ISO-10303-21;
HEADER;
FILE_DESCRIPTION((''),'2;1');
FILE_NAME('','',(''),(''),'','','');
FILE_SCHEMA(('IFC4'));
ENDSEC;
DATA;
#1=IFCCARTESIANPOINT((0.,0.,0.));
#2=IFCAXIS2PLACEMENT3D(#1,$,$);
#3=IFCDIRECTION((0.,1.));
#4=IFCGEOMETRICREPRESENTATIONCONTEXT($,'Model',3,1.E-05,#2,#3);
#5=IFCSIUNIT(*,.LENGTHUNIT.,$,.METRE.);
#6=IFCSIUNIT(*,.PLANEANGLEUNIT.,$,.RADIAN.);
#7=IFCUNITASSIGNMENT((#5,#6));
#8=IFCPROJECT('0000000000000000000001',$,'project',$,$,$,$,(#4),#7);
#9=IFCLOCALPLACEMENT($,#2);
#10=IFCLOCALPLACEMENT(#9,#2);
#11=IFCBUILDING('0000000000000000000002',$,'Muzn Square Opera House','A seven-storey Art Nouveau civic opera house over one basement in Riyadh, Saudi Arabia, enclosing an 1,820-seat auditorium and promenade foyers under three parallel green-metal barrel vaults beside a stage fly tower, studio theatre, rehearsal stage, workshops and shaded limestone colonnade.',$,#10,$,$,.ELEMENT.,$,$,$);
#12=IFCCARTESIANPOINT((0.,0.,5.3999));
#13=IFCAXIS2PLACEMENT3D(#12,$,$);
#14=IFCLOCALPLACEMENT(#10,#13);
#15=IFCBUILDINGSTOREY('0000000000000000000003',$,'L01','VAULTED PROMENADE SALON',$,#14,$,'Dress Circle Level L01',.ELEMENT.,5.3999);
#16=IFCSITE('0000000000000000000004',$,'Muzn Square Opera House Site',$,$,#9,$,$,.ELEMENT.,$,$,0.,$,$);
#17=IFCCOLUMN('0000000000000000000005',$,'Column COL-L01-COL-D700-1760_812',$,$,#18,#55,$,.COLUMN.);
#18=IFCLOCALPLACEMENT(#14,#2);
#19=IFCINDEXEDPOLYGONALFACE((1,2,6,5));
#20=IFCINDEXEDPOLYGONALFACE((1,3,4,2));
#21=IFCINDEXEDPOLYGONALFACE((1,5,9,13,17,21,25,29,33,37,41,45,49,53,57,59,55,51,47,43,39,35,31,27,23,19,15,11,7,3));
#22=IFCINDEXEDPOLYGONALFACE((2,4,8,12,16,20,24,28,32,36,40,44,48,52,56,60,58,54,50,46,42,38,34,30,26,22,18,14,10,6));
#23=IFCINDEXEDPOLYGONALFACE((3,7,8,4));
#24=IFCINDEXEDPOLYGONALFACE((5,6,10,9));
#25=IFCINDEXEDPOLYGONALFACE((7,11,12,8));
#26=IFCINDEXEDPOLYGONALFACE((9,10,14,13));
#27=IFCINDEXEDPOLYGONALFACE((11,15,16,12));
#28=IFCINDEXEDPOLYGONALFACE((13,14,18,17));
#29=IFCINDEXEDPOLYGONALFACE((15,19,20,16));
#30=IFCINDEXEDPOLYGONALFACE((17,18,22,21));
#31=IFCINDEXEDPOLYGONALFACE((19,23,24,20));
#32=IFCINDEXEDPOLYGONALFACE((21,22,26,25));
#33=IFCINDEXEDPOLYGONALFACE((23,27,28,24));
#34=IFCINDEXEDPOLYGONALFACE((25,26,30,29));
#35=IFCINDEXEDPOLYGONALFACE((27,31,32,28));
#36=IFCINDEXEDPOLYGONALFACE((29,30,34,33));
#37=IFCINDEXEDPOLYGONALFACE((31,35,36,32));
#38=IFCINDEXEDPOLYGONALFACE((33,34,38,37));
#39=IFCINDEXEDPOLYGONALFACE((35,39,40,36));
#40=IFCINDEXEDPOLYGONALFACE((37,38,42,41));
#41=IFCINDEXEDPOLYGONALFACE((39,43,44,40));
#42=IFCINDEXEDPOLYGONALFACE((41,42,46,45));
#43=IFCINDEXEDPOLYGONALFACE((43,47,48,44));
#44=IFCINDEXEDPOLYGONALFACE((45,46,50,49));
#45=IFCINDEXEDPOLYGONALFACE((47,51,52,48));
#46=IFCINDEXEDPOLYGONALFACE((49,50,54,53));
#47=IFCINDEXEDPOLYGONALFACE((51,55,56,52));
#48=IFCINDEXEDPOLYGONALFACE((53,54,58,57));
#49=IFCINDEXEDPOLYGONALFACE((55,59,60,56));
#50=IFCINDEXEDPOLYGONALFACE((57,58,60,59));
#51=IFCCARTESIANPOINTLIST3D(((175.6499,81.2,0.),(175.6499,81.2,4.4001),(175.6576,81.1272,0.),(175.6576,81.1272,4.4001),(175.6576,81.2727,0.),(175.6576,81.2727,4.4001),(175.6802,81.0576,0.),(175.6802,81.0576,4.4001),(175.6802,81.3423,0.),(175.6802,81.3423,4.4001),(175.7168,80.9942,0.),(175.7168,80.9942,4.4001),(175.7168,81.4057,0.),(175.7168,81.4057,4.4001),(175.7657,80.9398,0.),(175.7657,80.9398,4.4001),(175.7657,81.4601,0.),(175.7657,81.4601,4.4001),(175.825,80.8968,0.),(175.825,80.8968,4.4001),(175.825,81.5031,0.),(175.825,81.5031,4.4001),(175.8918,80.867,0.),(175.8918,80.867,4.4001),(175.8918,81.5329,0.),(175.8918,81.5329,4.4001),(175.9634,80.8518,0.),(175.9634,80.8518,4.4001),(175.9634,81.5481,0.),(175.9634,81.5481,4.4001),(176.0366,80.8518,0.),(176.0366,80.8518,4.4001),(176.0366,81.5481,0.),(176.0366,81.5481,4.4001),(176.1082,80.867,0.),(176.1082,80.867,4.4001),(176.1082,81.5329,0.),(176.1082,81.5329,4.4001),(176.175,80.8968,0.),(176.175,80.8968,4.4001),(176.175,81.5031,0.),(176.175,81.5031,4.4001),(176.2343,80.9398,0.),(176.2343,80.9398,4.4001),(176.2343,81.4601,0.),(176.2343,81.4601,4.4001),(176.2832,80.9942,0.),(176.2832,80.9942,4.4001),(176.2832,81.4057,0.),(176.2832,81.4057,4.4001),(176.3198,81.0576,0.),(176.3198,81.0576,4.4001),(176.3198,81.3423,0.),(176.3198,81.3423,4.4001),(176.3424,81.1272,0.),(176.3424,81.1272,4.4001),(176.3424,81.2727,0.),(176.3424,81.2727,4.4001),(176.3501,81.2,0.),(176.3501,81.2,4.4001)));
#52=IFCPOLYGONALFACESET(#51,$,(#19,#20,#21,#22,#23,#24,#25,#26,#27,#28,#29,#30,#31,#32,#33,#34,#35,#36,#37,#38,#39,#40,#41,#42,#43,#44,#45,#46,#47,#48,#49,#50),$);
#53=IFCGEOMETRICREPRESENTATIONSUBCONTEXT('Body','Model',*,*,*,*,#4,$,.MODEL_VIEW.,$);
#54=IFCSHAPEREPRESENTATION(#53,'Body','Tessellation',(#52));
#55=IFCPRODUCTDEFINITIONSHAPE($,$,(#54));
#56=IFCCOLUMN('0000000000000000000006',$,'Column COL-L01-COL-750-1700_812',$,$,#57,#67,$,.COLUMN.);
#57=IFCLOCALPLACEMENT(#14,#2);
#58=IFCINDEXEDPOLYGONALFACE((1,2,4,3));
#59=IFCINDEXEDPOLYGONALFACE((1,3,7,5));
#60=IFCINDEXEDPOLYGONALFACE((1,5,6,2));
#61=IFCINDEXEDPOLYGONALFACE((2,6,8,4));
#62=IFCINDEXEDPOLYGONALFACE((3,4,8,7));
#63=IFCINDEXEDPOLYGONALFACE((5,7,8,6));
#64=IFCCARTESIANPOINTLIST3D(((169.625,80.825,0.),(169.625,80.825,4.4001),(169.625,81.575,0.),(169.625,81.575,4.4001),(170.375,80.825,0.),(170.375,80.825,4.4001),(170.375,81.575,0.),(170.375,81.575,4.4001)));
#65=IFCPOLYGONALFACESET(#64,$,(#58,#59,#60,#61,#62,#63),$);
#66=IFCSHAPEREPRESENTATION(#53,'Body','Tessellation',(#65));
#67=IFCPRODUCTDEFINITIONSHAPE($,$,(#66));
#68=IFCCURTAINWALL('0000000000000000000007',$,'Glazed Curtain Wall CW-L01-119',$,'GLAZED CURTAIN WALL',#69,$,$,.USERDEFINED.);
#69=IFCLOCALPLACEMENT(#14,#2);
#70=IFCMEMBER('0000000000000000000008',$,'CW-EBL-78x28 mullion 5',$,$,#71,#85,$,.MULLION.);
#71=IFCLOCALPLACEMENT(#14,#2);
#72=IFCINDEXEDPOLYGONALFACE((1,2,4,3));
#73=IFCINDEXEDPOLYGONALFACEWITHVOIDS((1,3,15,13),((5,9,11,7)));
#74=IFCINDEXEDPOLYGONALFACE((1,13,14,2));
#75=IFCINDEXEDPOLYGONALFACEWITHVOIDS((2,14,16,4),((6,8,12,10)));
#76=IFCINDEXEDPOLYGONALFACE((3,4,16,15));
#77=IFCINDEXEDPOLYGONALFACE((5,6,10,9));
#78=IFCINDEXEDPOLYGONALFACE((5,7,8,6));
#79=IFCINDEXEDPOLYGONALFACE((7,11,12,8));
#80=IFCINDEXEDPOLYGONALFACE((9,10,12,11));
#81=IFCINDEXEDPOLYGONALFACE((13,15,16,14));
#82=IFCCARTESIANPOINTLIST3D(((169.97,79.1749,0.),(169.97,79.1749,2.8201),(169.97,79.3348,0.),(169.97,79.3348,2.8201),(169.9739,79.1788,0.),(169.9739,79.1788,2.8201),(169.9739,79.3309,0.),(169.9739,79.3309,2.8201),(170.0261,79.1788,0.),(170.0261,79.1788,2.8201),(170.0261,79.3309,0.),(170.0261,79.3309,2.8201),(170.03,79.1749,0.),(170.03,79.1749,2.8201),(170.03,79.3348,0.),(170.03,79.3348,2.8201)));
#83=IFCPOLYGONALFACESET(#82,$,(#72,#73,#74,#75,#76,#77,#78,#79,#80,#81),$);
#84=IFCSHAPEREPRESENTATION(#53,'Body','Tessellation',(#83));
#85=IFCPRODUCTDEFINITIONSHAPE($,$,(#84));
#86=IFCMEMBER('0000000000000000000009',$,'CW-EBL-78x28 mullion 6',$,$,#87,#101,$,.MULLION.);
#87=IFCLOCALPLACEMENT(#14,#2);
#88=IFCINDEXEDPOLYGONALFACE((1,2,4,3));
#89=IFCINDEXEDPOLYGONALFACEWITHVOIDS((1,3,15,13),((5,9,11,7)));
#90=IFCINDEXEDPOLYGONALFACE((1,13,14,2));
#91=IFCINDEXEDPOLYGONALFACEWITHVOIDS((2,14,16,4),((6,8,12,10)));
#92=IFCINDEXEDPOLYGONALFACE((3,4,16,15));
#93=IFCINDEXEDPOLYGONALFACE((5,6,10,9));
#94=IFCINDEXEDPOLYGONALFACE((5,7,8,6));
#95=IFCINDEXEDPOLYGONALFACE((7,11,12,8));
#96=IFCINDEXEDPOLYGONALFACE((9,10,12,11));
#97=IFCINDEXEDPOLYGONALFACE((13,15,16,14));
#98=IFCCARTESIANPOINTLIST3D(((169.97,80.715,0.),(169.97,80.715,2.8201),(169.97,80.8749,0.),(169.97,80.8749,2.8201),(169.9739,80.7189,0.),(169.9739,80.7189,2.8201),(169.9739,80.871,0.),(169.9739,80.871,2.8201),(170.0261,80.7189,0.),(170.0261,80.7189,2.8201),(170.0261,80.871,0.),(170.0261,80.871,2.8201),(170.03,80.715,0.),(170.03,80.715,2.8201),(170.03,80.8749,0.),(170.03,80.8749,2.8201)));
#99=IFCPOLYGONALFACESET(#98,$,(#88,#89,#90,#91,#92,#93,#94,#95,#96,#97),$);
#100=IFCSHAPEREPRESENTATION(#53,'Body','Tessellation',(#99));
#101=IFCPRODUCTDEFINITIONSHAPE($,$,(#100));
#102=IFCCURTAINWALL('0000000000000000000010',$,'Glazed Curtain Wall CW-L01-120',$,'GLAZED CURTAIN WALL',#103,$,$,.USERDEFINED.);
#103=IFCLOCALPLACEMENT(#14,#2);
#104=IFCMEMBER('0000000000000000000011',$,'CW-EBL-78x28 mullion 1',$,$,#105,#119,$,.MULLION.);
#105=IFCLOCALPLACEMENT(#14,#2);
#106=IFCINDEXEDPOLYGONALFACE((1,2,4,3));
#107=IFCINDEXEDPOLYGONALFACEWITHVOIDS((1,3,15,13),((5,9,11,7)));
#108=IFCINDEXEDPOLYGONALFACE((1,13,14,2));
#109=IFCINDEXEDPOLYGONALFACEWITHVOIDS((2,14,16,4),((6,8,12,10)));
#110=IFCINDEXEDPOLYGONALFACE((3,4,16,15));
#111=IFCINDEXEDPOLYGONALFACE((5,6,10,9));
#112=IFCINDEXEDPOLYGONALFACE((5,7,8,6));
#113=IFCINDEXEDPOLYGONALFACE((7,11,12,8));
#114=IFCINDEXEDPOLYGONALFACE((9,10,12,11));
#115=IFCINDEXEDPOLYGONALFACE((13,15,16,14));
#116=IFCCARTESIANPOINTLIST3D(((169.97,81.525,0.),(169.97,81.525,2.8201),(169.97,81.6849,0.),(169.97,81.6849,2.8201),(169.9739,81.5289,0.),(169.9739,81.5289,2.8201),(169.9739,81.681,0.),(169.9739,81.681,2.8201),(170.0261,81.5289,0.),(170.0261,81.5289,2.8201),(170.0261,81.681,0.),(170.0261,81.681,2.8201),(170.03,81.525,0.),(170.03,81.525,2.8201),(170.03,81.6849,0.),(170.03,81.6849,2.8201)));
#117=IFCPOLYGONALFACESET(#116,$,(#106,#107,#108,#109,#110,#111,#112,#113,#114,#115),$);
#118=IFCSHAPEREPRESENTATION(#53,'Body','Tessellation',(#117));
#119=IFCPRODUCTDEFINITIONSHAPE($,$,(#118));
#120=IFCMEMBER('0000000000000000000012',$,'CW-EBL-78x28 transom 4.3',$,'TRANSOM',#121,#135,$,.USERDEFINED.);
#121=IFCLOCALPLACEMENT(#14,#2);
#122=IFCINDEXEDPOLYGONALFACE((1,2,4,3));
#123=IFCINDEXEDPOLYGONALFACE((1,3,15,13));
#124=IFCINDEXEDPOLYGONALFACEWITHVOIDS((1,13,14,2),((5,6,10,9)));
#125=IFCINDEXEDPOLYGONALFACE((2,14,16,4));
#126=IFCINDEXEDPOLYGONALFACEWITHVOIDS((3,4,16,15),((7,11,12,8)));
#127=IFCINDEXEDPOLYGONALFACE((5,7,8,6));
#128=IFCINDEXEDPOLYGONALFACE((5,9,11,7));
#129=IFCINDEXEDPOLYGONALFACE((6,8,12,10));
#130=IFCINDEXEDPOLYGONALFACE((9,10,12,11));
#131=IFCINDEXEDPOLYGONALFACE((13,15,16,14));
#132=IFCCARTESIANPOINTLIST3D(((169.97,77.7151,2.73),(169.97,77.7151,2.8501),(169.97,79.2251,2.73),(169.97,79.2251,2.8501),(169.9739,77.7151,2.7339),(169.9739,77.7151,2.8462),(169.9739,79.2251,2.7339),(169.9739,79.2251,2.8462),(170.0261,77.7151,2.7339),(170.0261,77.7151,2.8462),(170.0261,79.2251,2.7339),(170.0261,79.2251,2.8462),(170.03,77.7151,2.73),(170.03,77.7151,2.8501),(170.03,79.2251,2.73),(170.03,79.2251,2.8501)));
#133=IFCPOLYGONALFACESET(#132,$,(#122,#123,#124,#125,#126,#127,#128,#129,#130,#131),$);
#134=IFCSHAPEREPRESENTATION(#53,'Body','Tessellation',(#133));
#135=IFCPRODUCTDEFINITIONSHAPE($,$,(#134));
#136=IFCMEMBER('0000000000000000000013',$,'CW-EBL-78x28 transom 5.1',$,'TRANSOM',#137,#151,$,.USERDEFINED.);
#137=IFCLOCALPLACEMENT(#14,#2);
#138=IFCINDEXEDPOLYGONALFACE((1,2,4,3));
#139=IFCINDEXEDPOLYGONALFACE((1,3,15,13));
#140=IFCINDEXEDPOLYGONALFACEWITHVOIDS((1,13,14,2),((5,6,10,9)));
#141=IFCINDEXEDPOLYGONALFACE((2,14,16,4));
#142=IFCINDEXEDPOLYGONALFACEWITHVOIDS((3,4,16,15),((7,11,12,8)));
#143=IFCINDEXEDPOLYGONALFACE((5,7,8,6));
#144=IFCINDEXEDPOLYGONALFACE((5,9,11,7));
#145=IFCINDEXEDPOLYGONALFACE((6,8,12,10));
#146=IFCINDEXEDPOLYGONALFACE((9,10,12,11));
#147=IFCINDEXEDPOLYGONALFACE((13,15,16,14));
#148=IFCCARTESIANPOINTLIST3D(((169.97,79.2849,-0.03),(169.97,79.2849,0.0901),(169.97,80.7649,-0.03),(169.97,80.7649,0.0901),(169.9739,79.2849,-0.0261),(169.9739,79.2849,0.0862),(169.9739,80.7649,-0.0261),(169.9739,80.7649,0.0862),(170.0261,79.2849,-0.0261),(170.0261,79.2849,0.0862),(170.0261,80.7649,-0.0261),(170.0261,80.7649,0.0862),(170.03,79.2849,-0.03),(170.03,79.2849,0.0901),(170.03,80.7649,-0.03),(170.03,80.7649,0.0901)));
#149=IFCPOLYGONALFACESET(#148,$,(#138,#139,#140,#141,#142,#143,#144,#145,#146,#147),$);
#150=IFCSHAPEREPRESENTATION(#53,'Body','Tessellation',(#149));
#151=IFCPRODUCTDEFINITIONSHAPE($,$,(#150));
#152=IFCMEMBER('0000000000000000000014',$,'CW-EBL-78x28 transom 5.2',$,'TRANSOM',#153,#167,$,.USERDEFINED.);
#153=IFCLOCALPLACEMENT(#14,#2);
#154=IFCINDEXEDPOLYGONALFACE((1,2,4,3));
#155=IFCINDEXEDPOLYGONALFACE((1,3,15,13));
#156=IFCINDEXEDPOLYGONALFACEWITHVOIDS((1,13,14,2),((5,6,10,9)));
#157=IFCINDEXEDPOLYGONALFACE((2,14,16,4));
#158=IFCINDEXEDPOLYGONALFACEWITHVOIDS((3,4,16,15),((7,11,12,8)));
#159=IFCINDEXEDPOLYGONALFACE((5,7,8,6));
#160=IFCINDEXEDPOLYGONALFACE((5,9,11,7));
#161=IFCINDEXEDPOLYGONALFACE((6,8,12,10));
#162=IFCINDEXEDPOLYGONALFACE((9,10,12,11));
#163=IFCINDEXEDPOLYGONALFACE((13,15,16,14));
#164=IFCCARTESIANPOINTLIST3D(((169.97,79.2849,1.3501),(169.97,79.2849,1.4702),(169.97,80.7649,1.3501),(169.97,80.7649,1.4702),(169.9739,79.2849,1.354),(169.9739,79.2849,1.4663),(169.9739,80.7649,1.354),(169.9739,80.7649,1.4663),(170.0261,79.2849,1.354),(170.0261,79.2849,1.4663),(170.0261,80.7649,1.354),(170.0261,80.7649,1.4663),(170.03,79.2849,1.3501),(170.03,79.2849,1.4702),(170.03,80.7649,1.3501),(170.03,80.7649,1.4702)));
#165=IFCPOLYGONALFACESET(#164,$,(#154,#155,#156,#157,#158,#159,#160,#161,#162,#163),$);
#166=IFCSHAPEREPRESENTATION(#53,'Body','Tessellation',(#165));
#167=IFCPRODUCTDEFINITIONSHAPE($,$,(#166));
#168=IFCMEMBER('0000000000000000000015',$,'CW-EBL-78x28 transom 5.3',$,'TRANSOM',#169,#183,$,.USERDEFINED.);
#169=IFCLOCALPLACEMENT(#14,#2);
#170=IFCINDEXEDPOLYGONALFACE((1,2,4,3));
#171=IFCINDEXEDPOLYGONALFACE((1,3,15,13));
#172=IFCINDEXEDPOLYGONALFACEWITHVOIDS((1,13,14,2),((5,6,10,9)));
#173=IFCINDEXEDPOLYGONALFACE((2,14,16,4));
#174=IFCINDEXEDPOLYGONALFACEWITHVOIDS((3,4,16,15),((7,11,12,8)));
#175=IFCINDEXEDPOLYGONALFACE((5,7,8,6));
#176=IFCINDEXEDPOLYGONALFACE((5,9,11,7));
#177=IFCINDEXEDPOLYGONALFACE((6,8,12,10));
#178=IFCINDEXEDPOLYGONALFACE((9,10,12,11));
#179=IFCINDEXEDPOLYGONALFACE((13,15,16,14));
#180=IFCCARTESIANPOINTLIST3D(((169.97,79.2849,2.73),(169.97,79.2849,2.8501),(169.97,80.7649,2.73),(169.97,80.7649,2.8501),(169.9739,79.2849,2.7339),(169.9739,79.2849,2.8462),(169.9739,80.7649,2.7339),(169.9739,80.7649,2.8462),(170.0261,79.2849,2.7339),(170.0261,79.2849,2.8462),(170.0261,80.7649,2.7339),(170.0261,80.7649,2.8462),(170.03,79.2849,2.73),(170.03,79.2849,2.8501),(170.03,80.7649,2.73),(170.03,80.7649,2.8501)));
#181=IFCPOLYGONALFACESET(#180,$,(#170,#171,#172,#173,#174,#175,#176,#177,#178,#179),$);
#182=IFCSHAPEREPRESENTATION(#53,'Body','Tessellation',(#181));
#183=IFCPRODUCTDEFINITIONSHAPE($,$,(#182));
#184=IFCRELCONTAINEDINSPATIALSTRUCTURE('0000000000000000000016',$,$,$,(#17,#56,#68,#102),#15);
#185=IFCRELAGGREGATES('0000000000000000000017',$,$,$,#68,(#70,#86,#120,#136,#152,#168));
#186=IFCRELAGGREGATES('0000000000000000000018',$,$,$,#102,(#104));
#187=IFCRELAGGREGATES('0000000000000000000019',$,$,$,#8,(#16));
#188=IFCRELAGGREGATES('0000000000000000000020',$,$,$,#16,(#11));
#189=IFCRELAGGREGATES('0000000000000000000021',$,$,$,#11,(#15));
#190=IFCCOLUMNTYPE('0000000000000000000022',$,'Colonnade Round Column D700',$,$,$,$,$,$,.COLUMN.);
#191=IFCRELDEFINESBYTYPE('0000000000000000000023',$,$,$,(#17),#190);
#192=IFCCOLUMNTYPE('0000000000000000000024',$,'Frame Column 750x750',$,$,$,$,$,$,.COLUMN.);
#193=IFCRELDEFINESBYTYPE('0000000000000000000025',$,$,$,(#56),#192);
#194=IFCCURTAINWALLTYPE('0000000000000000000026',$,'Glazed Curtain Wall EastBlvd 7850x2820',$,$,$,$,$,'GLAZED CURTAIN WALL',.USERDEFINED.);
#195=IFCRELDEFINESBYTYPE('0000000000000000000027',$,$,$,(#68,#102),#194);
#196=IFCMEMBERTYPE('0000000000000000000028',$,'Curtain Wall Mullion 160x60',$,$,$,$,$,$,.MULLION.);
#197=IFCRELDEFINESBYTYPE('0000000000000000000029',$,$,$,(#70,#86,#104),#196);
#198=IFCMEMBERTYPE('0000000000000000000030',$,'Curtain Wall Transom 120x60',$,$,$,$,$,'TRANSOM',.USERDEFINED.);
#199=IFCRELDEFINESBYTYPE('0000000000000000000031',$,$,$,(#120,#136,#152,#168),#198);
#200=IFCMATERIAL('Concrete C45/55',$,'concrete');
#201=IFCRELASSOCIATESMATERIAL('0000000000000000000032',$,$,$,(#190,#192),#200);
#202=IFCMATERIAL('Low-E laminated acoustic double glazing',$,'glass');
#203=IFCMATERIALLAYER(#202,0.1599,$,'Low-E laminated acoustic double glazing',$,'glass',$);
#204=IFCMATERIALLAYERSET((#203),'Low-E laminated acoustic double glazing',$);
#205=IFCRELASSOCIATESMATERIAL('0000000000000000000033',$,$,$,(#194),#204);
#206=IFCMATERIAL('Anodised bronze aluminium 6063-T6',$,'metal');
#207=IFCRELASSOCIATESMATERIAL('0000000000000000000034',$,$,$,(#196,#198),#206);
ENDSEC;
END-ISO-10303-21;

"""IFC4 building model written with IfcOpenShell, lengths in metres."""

from ifc_helpers import new_model, si_unit, direction, frame, origin, origin_2d, place, context, subcontext, project, spatial, rectangle, hollow_rectangle, circle, extrude, material, layer, layer_set, material_profile, profile_set, type_object, element, aggregate, save


model = new_model("IFC4")

# Units and contexts
model_context = context("Model", 3, precision=1e-05, world=origin(), true_north=direction((0.0, 1.0)))
body_context = subcontext(model_context, "Body", "Model", "MODEL_VIEW")
ifc_project = project(units=[si_unit("LENGTHUNIT", "METRE"), si_unit("PLANEANGLEUNIT", "RADIAN")], contexts=[model_context])

# Site, building, storey
site_placement = place(None, origin())
site = spatial("IfcSite", under=ifc_project, at=site_placement, Name="Muzn Square Opera House Site", CompositionType="ELEMENT", RefElevation=0.0)
building_placement = place(site_placement, origin())
building = spatial("IfcBuilding", under=site, at=building_placement, Name="Muzn Square Opera House", Description="A seven-storey Art Nouveau civic opera house over one basement in Riyadh, Saudi Arabia, enclosing an 1,820-seat auditorium and promenade foyers under three parallel green-metal barrel vaults beside a stage fly tower, studio theatre, rehearsal stage, workshops and shaded limestone colonnade.", CompositionType="ELEMENT")
storey_placement = place(building_placement, frame((0.0, 0.0, 5.3999)))
storey = spatial("IfcBuildingStorey", under=building, at=storey_placement, Name="L01", Description="VAULTED PROMENADE SALON", LongName="Dress Circle Level L01", CompositionType="ELEMENT", Elevation=5.3999)

# Columns
ifc_material_1 = material(Name="Concrete C45/55", Category="concrete")
ifc_material_profile_1 = material_profile(ifc_material_1, circle(Radius=0.3501, at=origin_2d()), Name="RCC D700", Category="concrete")
ifc_profile_set_1 = profile_set([ifc_material_profile_1], Name="Concrete C45/55")
column_type_1 = type_object("IfcColumnType", Name="Colonnade Round Column D700", PredefinedType="COLUMN", material=ifc_profile_set_1)
column_1_placement = place(storey_placement, frame((176.0, 81.2, 0.0), z_axis=(0.0, 0.0, 1.0), x_axis=(1.0, 0.0, 0.0)))
element("IfcColumn", 1, at=column_1_placement, inside=storey, type_object=column_type_1, Name="Column COL-L01-COL-D700-1760_812", PredefinedType="COLUMN", context=body_context, shape_type="SweptSolid", body=[
    extrude(circle(Radius=0.3501, at=origin_2d()), origin(), (0.0, 0.0, 1.0), 4.4001),
])
ifc_material_profile_2 = material_profile(ifc_material_1, rectangle(XDim=0.75, YDim=0.75, at=origin_2d()), Name="RC 750x750", Category="concrete")
ifc_profile_set_2 = profile_set([ifc_material_profile_2], Name="Concrete C45/55")
column_type_2 = type_object("IfcColumnType", Name="Frame Column 750x750", PredefinedType="COLUMN", material=ifc_profile_set_2)
column_2_placement = place(storey_placement, frame((170.0, 81.2, 0.0), z_axis=(0.0, 0.0, 1.0), x_axis=(1.0, 0.0, 0.0)))
element("IfcColumn", 2, at=column_2_placement, inside=storey, type_object=column_type_2, Name="Column COL-L01-COL-750-1700_812", PredefinedType="COLUMN", context=body_context, shape_type="SweptSolid", body=[
    extrude(rectangle(XDim=0.75, YDim=0.75, at=origin_2d()), origin(), (0.0, 0.0, 1.0), 4.4001),
])

# Curtain wall, members
ifc_material_2 = material(Name="Low-E laminated acoustic double glazing", Category="glass")
ifc_layer_1 = layer(ifc_material_2, 0.1599, Name="Low-E laminated acoustic double glazing", Category="glass")
ifc_layer_set_1 = layer_set([ifc_layer_1], Name="Low-E laminated acoustic double glazing")
curtain_wall_type = type_object("IfcCurtainWallType", Name="Glazed Curtain Wall EastBlvd 7850x2820", ElementType="GLAZED CURTAIN WALL", PredefinedType="USERDEFINED", material=ifc_layer_set_1)
curtain_wall_1_placement = place(storey_placement, origin())
curtain_wall_1 = element("IfcCurtainWall", 3, at=curtain_wall_1_placement, inside=storey, type_object=curtain_wall_type, Name="Glazed Curtain Wall CW-L01-119", ObjectType="GLAZED CURTAIN WALL", PredefinedType="USERDEFINED")
ifc_material_3 = material(Name="Anodised bronze aluminium 6063-T6", Category="metal")
ifc_material_profile_3 = material_profile(ifc_material_3, hollow_rectangle(XDim=0.0601, YDim=0.1599, WallThickness=0.0039, at=origin_2d()), Name="ALU 160x60x4", Category="metal")
ifc_profile_set_3 = profile_set([ifc_material_profile_3], Name="Anodised bronze aluminium 6063-T6")
member_type_1 = type_object("IfcMemberType", Name="Curtain Wall Mullion 160x60", PredefinedType="MULLION", material=ifc_profile_set_3)
member_1_placement = place(storey_placement, frame((170.0, 79.2549, 0.0), z_axis=(0.0, 0.0, 1.0), x_axis=(-1.0, 0.0, 0.0)))
member_1 = element("IfcMember", 4, at=member_1_placement, type_object=member_type_1, Name="CW-EBL-78x28 mullion 5", PredefinedType="MULLION", context=body_context, shape_type="SweptSolid", body=[
    extrude(hollow_rectangle(XDim=0.0601, YDim=0.1599, WallThickness=0.0039, at=origin_2d()), origin(), (0.0, 0.0, 1.0), 2.8201),
])
member_2_placement = place(storey_placement, frame((170.0, 80.7949, 0.0), z_axis=(0.0, 0.0, 1.0), x_axis=(-1.0, 0.0, 0.0)))
member_2 = element("IfcMember", 5, at=member_2_placement, type_object=member_type_1, Name="CW-EBL-78x28 mullion 6", PredefinedType="MULLION", context=body_context, shape_type="SweptSolid", body=[
    extrude(hollow_rectangle(XDim=0.0601, YDim=0.1599, WallThickness=0.0039, at=origin_2d()), origin(), (0.0, 0.0, 1.0), 2.8201),
])

# Curtain wall, member
curtain_wall_2_placement = place(storey_placement, origin())
curtain_wall_2 = element("IfcCurtainWall", 6, at=curtain_wall_2_placement, inside=storey, type_object=curtain_wall_type, Name="Glazed Curtain Wall CW-L01-120", ObjectType="GLAZED CURTAIN WALL", PredefinedType="USERDEFINED")
member_3_placement = place(storey_placement, frame((170.0, 81.605, 0.0), z_axis=(0.0, 0.0, 1.0), x_axis=(-1.0, 0.0, 0.0)))
member_3 = element("IfcMember", 7, at=member_3_placement, type_object=member_type_1, Name="CW-EBL-78x28 mullion 1", PredefinedType="MULLION", context=body_context, shape_type="SweptSolid", body=[
    extrude(hollow_rectangle(XDim=0.0601, YDim=0.1599, WallThickness=0.0039, at=origin_2d()), origin(), (0.0, 0.0, 1.0), 2.8201),
])

# Members
ifc_material_profile_4 = material_profile(ifc_material_3, hollow_rectangle(XDim=0.0601, YDim=0.1201, WallThickness=0.0039, at=origin_2d()), Name="ALU 120x60x4", Category="metal")
ifc_profile_set_4 = profile_set([ifc_material_profile_4], Name="Anodised bronze aluminium 6063-T6")
member_type_2 = type_object("IfcMemberType", Name="Curtain Wall Transom 120x60", ElementType="TRANSOM", PredefinedType="USERDEFINED", material=ifc_profile_set_4)
member_4_placement = place(storey_placement, frame((170.0, 77.7151, 2.79), z_axis=(0.0, 1.0, 0.0), x_axis=(-1.0, 0.0, 0.0)))
member_4 = element("IfcMember", 8, at=member_4_placement, type_object=member_type_2, Name="CW-EBL-78x28 transom 4.3", ObjectType="TRANSOM", PredefinedType="USERDEFINED", context=body_context, shape_type="SweptSolid", body=[
    extrude(hollow_rectangle(XDim=0.0601, YDim=0.1201, WallThickness=0.0039, at=origin_2d()), origin(), (0.0, 0.0, 1.0), 1.51),
])
member_5_placement = place(storey_placement, frame((170.0, 79.2849, 0.03), z_axis=(0.0, 1.0, 0.0), x_axis=(-1.0, 0.0, 0.0)))
member_5 = element("IfcMember", 9, at=member_5_placement, type_object=member_type_2, Name="CW-EBL-78x28 transom 5.1", ObjectType="TRANSOM", PredefinedType="USERDEFINED", context=body_context, shape_type="SweptSolid", body=[
    extrude(hollow_rectangle(XDim=0.0601, YDim=0.1201, WallThickness=0.0039, at=origin_2d()), origin(), (0.0, 0.0, 1.0), 1.48),
])
member_6_placement = place(storey_placement, frame((170.0, 79.2849, 1.4102), z_axis=(0.0, 1.0, 0.0), x_axis=(-1.0, 0.0, 0.0)))
member_6 = element("IfcMember", 10, at=member_6_placement, type_object=member_type_2, Name="CW-EBL-78x28 transom 5.2", ObjectType="TRANSOM", PredefinedType="USERDEFINED", context=body_context, shape_type="SweptSolid", body=[
    extrude(hollow_rectangle(XDim=0.0601, YDim=0.1201, WallThickness=0.0039, at=origin_2d()), origin(), (0.0, 0.0, 1.0), 1.48),
])
member_7_placement = place(storey_placement, frame((170.0, 79.2849, 2.79), z_axis=(0.0, 1.0, 0.0), x_axis=(-1.0, 0.0, 0.0)))
member_7 = element("IfcMember", 11, at=member_7_placement, type_object=member_type_2, Name="CW-EBL-78x28 transom 5.3", ObjectType="TRANSOM", PredefinedType="USERDEFINED", context=body_context, shape_type="SweptSolid", body=[
    extrude(hollow_rectangle(XDim=0.0601, YDim=0.1201, WallThickness=0.0039, at=origin_2d()), origin(), (0.0, 0.0, 1.0), 1.48),
])

aggregate(curtain_wall_1, [member_1, member_2, member_4, member_5, member_6, member_7])
aggregate(curtain_wall_2, [member_3])

save(model, "model.ifc")
